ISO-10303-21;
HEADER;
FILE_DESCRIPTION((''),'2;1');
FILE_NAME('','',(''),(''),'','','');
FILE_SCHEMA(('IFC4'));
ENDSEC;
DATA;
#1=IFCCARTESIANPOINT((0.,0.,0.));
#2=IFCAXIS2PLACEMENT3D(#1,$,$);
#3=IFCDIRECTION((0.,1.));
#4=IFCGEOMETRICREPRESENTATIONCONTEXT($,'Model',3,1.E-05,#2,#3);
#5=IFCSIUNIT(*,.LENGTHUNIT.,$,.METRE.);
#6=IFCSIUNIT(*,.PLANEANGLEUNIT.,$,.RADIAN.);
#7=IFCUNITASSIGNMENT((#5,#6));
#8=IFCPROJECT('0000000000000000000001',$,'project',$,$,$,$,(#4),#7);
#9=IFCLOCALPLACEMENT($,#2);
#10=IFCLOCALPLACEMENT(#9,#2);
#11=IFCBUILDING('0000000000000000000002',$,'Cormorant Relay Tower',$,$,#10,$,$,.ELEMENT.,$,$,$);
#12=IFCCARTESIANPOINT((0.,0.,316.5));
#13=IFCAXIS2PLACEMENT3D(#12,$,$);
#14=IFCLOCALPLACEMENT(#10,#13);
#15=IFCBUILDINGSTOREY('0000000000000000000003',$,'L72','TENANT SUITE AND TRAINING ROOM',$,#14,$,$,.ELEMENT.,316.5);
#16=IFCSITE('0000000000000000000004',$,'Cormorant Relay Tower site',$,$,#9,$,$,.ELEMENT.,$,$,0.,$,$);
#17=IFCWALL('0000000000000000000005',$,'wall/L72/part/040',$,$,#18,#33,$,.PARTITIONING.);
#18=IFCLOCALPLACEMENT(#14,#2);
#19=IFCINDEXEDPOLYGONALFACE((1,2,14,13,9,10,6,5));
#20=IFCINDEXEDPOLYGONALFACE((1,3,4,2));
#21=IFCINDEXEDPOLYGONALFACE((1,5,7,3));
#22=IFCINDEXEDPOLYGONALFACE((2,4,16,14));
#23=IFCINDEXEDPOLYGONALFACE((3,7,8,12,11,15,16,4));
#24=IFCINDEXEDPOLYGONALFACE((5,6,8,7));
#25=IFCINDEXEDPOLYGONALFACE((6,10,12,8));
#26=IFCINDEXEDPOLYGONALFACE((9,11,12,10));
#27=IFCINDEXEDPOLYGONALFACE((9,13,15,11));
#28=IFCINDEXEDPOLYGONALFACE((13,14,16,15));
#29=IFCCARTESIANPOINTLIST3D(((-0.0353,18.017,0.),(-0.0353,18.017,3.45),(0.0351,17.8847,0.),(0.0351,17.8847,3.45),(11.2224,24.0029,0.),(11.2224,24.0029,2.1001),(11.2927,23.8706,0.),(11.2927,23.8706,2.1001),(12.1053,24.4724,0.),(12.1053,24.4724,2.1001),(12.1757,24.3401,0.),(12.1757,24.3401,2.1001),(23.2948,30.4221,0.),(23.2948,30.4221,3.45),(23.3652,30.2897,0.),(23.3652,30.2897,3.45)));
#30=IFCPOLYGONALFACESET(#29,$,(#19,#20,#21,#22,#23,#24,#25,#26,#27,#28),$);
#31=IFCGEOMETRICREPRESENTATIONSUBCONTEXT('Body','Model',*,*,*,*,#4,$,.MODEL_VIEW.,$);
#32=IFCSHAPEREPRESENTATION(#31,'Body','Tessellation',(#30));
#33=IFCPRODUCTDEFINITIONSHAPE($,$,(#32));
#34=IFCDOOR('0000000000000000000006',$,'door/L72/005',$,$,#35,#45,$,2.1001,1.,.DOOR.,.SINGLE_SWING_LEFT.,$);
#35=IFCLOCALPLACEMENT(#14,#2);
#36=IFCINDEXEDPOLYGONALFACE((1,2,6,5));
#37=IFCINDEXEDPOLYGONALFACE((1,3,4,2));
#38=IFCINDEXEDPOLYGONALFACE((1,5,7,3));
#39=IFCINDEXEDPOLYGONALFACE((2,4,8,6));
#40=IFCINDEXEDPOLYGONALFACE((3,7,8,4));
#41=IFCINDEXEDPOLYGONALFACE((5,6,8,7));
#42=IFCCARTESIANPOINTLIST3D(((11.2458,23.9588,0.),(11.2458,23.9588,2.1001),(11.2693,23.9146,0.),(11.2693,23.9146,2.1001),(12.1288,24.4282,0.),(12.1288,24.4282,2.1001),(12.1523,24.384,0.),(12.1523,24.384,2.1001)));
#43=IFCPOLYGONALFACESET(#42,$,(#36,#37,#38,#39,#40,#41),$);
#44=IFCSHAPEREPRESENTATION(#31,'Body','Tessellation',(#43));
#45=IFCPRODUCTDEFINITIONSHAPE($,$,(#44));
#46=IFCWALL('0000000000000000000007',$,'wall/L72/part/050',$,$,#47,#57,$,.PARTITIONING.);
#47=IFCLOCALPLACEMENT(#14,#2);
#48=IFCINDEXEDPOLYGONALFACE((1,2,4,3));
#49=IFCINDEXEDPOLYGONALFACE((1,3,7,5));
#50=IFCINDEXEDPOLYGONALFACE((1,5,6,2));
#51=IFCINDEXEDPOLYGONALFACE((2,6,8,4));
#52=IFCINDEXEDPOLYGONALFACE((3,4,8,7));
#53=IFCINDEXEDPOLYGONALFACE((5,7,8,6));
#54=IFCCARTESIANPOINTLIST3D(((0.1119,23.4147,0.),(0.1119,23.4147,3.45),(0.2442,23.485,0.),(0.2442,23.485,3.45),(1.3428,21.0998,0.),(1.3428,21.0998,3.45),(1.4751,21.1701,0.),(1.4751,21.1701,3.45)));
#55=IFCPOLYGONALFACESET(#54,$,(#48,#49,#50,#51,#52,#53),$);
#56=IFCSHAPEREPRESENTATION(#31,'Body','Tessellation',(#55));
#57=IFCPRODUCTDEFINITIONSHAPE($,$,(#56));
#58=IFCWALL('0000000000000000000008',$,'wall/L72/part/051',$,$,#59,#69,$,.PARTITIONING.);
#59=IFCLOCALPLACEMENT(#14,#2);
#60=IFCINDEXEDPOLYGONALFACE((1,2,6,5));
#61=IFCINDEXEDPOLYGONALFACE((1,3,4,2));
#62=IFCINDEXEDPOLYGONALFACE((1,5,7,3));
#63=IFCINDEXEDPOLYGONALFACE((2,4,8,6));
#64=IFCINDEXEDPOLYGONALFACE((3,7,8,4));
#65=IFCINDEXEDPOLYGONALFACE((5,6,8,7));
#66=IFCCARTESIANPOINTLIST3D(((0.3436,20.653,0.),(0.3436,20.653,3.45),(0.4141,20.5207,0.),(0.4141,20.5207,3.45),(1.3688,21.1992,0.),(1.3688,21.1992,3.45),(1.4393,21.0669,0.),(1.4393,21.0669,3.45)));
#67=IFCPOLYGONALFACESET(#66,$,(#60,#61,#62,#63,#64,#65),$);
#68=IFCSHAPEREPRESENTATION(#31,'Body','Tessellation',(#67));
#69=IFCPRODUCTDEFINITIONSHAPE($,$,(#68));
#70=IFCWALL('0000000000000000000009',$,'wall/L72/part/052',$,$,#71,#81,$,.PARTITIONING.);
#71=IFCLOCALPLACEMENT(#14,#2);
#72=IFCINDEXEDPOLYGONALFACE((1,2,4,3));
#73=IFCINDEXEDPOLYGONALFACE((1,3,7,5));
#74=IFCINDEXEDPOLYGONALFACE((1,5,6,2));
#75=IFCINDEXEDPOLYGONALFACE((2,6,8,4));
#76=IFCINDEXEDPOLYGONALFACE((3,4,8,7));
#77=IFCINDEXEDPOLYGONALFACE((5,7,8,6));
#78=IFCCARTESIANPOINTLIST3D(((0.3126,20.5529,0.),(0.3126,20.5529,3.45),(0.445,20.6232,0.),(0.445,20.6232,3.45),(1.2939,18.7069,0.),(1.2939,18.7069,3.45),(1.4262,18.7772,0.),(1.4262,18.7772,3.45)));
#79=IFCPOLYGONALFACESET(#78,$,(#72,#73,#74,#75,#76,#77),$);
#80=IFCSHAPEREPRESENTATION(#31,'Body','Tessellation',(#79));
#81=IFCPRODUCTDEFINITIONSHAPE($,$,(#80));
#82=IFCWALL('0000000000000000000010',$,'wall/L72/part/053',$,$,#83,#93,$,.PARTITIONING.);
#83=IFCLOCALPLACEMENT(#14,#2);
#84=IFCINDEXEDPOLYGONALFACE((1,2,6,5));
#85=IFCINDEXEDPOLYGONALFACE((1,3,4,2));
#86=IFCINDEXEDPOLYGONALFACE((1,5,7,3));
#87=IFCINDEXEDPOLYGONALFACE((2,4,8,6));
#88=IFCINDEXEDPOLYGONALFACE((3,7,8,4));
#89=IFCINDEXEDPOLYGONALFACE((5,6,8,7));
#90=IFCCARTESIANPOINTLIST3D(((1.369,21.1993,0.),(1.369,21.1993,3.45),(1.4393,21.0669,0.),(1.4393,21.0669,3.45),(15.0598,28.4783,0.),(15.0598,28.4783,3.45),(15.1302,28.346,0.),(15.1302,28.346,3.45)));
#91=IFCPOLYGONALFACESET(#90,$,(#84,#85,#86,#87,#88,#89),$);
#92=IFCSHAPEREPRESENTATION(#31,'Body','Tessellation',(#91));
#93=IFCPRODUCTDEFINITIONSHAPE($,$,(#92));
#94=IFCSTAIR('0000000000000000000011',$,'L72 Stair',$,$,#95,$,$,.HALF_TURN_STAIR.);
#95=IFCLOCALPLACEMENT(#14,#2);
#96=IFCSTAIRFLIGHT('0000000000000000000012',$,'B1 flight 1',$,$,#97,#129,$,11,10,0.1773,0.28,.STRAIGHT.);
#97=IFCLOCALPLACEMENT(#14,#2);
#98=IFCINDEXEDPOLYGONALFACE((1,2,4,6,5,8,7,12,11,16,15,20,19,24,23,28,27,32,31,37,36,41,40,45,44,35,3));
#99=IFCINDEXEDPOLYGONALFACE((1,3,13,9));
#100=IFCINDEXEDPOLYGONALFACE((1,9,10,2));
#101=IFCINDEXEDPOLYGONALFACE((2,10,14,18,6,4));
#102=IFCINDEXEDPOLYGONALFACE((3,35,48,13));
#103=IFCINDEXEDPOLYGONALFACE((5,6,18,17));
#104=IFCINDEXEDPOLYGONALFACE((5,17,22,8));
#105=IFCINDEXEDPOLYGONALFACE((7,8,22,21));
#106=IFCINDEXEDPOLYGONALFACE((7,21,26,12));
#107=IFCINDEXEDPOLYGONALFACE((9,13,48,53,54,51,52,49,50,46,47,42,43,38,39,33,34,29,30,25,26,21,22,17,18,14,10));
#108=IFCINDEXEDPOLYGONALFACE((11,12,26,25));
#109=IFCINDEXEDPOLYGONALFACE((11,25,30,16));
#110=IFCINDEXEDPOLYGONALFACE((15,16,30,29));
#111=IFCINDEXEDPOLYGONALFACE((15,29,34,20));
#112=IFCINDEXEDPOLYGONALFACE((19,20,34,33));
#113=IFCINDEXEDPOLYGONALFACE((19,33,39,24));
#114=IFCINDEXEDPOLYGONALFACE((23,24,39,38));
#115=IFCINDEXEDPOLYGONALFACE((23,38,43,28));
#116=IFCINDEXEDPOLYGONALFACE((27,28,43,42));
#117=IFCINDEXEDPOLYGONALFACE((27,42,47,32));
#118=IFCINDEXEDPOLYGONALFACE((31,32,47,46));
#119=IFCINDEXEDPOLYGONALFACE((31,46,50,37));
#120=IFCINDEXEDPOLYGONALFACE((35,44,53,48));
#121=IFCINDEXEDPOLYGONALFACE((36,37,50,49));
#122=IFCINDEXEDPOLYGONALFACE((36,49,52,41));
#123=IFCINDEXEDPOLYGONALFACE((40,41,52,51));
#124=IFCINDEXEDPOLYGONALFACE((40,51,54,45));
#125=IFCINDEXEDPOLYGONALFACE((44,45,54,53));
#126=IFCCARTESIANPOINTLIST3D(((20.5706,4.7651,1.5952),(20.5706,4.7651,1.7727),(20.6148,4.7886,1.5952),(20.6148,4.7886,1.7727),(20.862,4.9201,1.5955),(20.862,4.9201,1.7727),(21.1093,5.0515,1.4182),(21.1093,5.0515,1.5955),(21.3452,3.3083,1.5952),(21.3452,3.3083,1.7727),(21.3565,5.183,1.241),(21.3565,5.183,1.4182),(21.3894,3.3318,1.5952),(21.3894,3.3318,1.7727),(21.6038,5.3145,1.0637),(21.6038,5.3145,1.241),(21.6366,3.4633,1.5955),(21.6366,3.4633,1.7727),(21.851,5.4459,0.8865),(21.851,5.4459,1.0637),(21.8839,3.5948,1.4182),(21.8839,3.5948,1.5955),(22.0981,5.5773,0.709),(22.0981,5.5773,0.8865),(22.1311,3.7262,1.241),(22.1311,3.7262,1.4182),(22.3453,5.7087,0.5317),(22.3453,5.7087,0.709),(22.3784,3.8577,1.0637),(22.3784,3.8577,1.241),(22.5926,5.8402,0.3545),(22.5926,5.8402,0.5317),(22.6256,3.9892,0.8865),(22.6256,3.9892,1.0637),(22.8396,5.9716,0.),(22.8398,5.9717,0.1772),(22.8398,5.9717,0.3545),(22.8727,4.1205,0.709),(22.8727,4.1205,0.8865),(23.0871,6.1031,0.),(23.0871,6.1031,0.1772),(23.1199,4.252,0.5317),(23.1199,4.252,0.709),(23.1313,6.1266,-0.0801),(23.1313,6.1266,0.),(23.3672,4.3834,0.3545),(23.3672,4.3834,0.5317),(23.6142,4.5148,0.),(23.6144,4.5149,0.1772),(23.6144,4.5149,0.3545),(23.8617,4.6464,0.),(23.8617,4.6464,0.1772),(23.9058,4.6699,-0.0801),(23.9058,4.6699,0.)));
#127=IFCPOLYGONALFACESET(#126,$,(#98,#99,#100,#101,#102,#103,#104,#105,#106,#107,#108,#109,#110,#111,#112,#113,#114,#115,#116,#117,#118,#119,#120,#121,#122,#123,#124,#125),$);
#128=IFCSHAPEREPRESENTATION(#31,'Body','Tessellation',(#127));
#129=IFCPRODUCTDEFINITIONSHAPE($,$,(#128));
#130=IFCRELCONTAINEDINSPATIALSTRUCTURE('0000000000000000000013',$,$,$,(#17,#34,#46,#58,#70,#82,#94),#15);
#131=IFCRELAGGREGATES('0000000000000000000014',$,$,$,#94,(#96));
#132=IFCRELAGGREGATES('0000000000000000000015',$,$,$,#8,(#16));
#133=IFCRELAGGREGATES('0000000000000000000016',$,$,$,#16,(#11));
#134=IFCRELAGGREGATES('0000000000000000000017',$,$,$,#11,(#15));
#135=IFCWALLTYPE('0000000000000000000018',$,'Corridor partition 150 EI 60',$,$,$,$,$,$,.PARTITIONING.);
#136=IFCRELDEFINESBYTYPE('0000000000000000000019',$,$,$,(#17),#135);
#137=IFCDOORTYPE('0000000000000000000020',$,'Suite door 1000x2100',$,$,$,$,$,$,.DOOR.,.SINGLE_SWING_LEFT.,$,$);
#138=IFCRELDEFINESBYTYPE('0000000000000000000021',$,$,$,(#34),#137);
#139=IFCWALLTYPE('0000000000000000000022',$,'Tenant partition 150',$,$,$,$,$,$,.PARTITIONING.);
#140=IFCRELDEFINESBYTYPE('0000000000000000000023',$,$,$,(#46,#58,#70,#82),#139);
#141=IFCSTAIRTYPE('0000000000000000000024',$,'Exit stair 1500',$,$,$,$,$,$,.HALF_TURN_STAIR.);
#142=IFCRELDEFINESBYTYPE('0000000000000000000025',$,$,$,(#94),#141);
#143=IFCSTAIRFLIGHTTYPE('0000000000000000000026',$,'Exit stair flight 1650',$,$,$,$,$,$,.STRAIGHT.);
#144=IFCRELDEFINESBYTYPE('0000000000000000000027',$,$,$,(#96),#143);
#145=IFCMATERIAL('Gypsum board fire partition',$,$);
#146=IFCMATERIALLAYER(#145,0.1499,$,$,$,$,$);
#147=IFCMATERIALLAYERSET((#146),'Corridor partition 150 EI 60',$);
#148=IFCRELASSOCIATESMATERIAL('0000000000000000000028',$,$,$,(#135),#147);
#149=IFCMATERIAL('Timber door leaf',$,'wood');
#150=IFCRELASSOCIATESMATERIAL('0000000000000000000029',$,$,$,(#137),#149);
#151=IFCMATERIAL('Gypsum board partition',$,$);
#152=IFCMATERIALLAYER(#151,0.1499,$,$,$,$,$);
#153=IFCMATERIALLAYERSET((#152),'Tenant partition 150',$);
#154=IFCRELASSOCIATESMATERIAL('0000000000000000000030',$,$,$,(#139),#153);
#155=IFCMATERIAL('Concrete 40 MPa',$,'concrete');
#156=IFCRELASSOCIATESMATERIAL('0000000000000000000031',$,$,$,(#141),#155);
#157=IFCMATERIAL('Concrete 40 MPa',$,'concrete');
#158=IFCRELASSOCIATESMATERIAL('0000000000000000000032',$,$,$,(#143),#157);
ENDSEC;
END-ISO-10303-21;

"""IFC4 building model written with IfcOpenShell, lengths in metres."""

from ifc_helpers import new_model, si_unit, direction, frame, frame_2d, origin, place, context, subcontext, project, spatial, polyline, rectangle, outline, extrude, material, layer, layer_set, type_object, element, fill, aggregate, save


model = new_model("IFC4")

# Units and contexts
model_context = context("Model", 3, precision=1e-05, world=origin(), true_north=direction((0.0, 1.0)))
body_context = subcontext(model_context, "Body", "Model", "MODEL_VIEW")
ifc_project = project(units=[si_unit("LENGTHUNIT", "METRE"), si_unit("PLANEANGLEUNIT", "RADIAN")], contexts=[model_context])

# Site, building, storey
site_placement = place(None, origin())
site = spatial("IfcSite", under=ifc_project, at=site_placement, Name="Cormorant Relay Tower site", CompositionType="ELEMENT", RefElevation=0.0)
building_placement = place(site_placement, origin())
building = spatial("IfcBuilding", under=site, at=building_placement, Name="Cormorant Relay Tower", CompositionType="ELEMENT")
storey_placement = place(building_placement, frame((0.0, 0.0, 316.5)))
storey = spatial("IfcBuildingStorey", under=building, at=storey_placement, Name="L72", Description="TENANT SUITE AND TRAINING ROOM", CompositionType="ELEMENT", Elevation=316.5)

# Shared definitions
ifc_material_1 = material(Name="Gypsum board fire partition")
ifc_layer_1 = layer(ifc_material_1, 0.1499)
ifc_layer_set_1 = layer_set([ifc_layer_1], Name="Corridor partition 150 EI 60")
wall_type_1 = type_object("IfcWallType", Name="Corridor partition 150 EI 60", PredefinedType="PARTITIONING", material=ifc_layer_set_1)

# Wall, opening, door
wall_1_placement = place(storey_placement, frame((0.0, 17.9509, 0.0), z_axis=(0.0, 0.0, 1.0), x_axis=(0.882944, 0.469478, 0.0)))
wall_1 = element("IfcWall", 1, at=wall_1_placement, inside=storey, type_object=wall_type_1, Name="wall/L72/part/040", PredefinedType="PARTITIONING", context=body_context, shape_type="SweptSolid", body=[
    extrude(rectangle(XDim=26.4231, YDim=0.1499, at=frame_2d((13.2114, 0.0))), origin(), (0.0, 0.0, 1.0), 3.45),
])
opening_1_placement = place(wall_1_placement, frame((12.75, 0.0, 0.0)))
opening_1 = element("IfcOpeningElement", 2, at=opening_1_placement, cuts=wall_1, PredefinedType="OPENING", context=body_context, shape_type="SweptSolid", body=[
    extrude(rectangle(XDim=1.0, YDim=2.1001, at=frame_2d((0.5, 1.05))), frame((0.0, 0.085, 0.0), z_axis=(0.0, -1.0, 0.0), x_axis=(1.0, 0.0, 0.0)), (0.0, 0.0, 1.0), 0.1699),
])
ifc_material_2 = material(Name="Timber door leaf", Category="wood")
door_type_1 = type_object("IfcDoorType", Name="Suite door 1000x2100", OperationType="SINGLE_SWING_LEFT", PredefinedType="DOOR", material=ifc_material_2)
door_1_placement = place(opening_1_placement, origin())
door_1 = element("IfcDoor", 3, at=door_1_placement, inside=storey, type_object=door_type_1, Name="door/L72/005", OperationType="SINGLE_SWING_LEFT", OverallHeight=2.1001, OverallWidth=1.0, PredefinedType="DOOR", context=body_context, shape_type="SweptSolid", body=[
    extrude(rectangle(XDim=1.0, YDim=2.1001, at=frame_2d((0.5, 1.05))), frame((0.0, 0.0249, 0.0), z_axis=(0.0, -1.0, 0.0), x_axis=(1.0, 0.0, 0.0)), (0.0, 0.0, 1.0), 0.05),
])
fill(opening_1, door_1)

# Walls
ifc_material_3 = material(Name="Gypsum board partition")
ifc_layer_2 = layer(ifc_material_3, 0.1499)
ifc_layer_set_2 = layer_set([ifc_layer_2], Name="Tenant partition 150")
wall_type_2 = type_object("IfcWallType", Name="Tenant partition 150", PredefinedType="PARTITIONING", material=ifc_layer_set_2)
wall_2_placement = place(storey_placement, frame((0.178, 23.45, 0.0), z_axis=(0.0, 0.0, 1.0), x_axis=(0.469496, -0.882935, 0.0)))
element("IfcWall", 4, at=wall_2_placement, inside=storey, type_object=wall_type_2, Name="wall/L72/part/050", PredefinedType="PARTITIONING", context=body_context, shape_type="SweptSolid", body=[
    extrude(rectangle(XDim=2.6218, YDim=0.1499, at=frame_2d((1.311, 0.0))), origin(), (0.0, 0.0, 1.0), 3.45),
])
wall_3_placement = place(storey_placement, frame((1.4041, 21.1331, 0.0), z_axis=(0.0, 0.0, 1.0), x_axis=(-0.882568, -0.470185, 0.0)))
element("IfcWall", 5, at=wall_3_placement, inside=storey, type_object=wall_type_2, Name="wall/L72/part/051", PredefinedType="PARTITIONING", context=body_context, shape_type="SweptSolid", body=[
    extrude(rectangle(XDim=1.1616, YDim=0.1499, at=frame_2d((0.5808, 0.0))), origin(), (0.0, 0.0, 1.0), 3.45),
])
wall_4_placement = place(storey_placement, frame((1.3601, 18.7419, 0.0), z_axis=(0.0, 0.0, 1.0), x_axis=(-0.469357, 0.883008, 0.0)))
element("IfcWall", 6, at=wall_4_placement, inside=storey, type_object=wall_type_2, Name="wall/L72/part/052", PredefinedType="PARTITIONING", context=body_context, shape_type="SweptSolid", body=[
    extrude(rectangle(XDim=2.0906, YDim=0.1499, at=frame_2d((1.0454, 0.0))), origin(), (0.0, 0.0, 1.0), 3.45),
])
wall_5_placement = place(storey_placement, frame((1.4041, 21.1331, 0.0), z_axis=(0.0, 0.0, 1.0), x_axis=(0.882962, 0.469445, 0.0)))
element("IfcWall", 7, at=wall_5_placement, inside=storey, type_object=wall_type_2, Name="wall/L72/part/053", PredefinedType="PARTITIONING", context=body_context, shape_type="SweptSolid", body=[
    extrude(rectangle(XDim=15.5056, YDim=0.1499, at=frame_2d((7.7529, 0.0))), origin(), (0.0, 0.0, 1.0), 3.45),
])

# Stair, stair flight
ifc_material_4 = material(Name="Concrete 40 MPa", Category="concrete")
stair_type = type_object("IfcStairType", Name="Exit stair 1500", PredefinedType="HALF_TURN_STAIR", material=ifc_material_4)
stair_placement = place(storey_placement, origin())
stair = element("IfcStair", 8, at=stair_placement, inside=storey, type_object=stair_type, Name="L72 Stair", PredefinedType="HALF_TURN_STAIR")
ifc_material_5 = material(Name="Concrete 40 MPa", Category="concrete")
stair_flight_type = type_object("IfcStairFlightType", Name="Exit stair flight 1650", PredefinedType="STRAIGHT", material=ifc_material_5)
stair_flight_placement = place(storey_placement, frame((23.4744, 5.3748, 0.0), z_axis=(0.0, 0.0, 1.0), x_axis=(-0.882948, -0.469472, 0.0)))
stair_flight = element("IfcStairFlight", 9, at=stair_flight_placement, type_object=stair_flight_type, Name="B1 flight 1", NumberOfRisers=11, NumberOfTreads=10, PredefinedType="STRAIGHT", RiserHeight=0.1773, TreadLength=0.28, context=body_context, shape_type="SweptSolid", body=[
    extrude(outline(polyline([(-0.05, -0.0801), (-0.05, 0.0), (0.0, 0.0), (0.0, 0.1772), (0.28, 0.1772), (0.28, 0.3545), (0.5601, 0.3545), (0.5601, 0.5317), (0.8401, 0.5317), (0.8401, 0.709), (1.1201, 0.709), (1.1201, 0.8865), (1.3999, 0.8865), (1.3999, 1.0637), (1.6799, 1.0637), (1.6799, 1.241), (1.96, 1.241), (1.96, 1.4182), (2.24, 1.4182), (2.24, 1.5955), (2.52, 1.5955), (2.52, 1.7727), (2.8, 1.7727), (2.8501, 1.7727), (2.8501, 1.5952), (2.8, 1.5952), (0.2803, 0.0), (-0.05, -0.0801)])), frame((0.0, 0.825, 0.0), z_axis=(0.0, -1.0, 0.0), x_axis=(1.0, 0.0, 0.0)), (0.0, 0.0, 1.0), 1.6499),
])
aggregate(stair, [stair_flight])

save(model, "model.ifc")
